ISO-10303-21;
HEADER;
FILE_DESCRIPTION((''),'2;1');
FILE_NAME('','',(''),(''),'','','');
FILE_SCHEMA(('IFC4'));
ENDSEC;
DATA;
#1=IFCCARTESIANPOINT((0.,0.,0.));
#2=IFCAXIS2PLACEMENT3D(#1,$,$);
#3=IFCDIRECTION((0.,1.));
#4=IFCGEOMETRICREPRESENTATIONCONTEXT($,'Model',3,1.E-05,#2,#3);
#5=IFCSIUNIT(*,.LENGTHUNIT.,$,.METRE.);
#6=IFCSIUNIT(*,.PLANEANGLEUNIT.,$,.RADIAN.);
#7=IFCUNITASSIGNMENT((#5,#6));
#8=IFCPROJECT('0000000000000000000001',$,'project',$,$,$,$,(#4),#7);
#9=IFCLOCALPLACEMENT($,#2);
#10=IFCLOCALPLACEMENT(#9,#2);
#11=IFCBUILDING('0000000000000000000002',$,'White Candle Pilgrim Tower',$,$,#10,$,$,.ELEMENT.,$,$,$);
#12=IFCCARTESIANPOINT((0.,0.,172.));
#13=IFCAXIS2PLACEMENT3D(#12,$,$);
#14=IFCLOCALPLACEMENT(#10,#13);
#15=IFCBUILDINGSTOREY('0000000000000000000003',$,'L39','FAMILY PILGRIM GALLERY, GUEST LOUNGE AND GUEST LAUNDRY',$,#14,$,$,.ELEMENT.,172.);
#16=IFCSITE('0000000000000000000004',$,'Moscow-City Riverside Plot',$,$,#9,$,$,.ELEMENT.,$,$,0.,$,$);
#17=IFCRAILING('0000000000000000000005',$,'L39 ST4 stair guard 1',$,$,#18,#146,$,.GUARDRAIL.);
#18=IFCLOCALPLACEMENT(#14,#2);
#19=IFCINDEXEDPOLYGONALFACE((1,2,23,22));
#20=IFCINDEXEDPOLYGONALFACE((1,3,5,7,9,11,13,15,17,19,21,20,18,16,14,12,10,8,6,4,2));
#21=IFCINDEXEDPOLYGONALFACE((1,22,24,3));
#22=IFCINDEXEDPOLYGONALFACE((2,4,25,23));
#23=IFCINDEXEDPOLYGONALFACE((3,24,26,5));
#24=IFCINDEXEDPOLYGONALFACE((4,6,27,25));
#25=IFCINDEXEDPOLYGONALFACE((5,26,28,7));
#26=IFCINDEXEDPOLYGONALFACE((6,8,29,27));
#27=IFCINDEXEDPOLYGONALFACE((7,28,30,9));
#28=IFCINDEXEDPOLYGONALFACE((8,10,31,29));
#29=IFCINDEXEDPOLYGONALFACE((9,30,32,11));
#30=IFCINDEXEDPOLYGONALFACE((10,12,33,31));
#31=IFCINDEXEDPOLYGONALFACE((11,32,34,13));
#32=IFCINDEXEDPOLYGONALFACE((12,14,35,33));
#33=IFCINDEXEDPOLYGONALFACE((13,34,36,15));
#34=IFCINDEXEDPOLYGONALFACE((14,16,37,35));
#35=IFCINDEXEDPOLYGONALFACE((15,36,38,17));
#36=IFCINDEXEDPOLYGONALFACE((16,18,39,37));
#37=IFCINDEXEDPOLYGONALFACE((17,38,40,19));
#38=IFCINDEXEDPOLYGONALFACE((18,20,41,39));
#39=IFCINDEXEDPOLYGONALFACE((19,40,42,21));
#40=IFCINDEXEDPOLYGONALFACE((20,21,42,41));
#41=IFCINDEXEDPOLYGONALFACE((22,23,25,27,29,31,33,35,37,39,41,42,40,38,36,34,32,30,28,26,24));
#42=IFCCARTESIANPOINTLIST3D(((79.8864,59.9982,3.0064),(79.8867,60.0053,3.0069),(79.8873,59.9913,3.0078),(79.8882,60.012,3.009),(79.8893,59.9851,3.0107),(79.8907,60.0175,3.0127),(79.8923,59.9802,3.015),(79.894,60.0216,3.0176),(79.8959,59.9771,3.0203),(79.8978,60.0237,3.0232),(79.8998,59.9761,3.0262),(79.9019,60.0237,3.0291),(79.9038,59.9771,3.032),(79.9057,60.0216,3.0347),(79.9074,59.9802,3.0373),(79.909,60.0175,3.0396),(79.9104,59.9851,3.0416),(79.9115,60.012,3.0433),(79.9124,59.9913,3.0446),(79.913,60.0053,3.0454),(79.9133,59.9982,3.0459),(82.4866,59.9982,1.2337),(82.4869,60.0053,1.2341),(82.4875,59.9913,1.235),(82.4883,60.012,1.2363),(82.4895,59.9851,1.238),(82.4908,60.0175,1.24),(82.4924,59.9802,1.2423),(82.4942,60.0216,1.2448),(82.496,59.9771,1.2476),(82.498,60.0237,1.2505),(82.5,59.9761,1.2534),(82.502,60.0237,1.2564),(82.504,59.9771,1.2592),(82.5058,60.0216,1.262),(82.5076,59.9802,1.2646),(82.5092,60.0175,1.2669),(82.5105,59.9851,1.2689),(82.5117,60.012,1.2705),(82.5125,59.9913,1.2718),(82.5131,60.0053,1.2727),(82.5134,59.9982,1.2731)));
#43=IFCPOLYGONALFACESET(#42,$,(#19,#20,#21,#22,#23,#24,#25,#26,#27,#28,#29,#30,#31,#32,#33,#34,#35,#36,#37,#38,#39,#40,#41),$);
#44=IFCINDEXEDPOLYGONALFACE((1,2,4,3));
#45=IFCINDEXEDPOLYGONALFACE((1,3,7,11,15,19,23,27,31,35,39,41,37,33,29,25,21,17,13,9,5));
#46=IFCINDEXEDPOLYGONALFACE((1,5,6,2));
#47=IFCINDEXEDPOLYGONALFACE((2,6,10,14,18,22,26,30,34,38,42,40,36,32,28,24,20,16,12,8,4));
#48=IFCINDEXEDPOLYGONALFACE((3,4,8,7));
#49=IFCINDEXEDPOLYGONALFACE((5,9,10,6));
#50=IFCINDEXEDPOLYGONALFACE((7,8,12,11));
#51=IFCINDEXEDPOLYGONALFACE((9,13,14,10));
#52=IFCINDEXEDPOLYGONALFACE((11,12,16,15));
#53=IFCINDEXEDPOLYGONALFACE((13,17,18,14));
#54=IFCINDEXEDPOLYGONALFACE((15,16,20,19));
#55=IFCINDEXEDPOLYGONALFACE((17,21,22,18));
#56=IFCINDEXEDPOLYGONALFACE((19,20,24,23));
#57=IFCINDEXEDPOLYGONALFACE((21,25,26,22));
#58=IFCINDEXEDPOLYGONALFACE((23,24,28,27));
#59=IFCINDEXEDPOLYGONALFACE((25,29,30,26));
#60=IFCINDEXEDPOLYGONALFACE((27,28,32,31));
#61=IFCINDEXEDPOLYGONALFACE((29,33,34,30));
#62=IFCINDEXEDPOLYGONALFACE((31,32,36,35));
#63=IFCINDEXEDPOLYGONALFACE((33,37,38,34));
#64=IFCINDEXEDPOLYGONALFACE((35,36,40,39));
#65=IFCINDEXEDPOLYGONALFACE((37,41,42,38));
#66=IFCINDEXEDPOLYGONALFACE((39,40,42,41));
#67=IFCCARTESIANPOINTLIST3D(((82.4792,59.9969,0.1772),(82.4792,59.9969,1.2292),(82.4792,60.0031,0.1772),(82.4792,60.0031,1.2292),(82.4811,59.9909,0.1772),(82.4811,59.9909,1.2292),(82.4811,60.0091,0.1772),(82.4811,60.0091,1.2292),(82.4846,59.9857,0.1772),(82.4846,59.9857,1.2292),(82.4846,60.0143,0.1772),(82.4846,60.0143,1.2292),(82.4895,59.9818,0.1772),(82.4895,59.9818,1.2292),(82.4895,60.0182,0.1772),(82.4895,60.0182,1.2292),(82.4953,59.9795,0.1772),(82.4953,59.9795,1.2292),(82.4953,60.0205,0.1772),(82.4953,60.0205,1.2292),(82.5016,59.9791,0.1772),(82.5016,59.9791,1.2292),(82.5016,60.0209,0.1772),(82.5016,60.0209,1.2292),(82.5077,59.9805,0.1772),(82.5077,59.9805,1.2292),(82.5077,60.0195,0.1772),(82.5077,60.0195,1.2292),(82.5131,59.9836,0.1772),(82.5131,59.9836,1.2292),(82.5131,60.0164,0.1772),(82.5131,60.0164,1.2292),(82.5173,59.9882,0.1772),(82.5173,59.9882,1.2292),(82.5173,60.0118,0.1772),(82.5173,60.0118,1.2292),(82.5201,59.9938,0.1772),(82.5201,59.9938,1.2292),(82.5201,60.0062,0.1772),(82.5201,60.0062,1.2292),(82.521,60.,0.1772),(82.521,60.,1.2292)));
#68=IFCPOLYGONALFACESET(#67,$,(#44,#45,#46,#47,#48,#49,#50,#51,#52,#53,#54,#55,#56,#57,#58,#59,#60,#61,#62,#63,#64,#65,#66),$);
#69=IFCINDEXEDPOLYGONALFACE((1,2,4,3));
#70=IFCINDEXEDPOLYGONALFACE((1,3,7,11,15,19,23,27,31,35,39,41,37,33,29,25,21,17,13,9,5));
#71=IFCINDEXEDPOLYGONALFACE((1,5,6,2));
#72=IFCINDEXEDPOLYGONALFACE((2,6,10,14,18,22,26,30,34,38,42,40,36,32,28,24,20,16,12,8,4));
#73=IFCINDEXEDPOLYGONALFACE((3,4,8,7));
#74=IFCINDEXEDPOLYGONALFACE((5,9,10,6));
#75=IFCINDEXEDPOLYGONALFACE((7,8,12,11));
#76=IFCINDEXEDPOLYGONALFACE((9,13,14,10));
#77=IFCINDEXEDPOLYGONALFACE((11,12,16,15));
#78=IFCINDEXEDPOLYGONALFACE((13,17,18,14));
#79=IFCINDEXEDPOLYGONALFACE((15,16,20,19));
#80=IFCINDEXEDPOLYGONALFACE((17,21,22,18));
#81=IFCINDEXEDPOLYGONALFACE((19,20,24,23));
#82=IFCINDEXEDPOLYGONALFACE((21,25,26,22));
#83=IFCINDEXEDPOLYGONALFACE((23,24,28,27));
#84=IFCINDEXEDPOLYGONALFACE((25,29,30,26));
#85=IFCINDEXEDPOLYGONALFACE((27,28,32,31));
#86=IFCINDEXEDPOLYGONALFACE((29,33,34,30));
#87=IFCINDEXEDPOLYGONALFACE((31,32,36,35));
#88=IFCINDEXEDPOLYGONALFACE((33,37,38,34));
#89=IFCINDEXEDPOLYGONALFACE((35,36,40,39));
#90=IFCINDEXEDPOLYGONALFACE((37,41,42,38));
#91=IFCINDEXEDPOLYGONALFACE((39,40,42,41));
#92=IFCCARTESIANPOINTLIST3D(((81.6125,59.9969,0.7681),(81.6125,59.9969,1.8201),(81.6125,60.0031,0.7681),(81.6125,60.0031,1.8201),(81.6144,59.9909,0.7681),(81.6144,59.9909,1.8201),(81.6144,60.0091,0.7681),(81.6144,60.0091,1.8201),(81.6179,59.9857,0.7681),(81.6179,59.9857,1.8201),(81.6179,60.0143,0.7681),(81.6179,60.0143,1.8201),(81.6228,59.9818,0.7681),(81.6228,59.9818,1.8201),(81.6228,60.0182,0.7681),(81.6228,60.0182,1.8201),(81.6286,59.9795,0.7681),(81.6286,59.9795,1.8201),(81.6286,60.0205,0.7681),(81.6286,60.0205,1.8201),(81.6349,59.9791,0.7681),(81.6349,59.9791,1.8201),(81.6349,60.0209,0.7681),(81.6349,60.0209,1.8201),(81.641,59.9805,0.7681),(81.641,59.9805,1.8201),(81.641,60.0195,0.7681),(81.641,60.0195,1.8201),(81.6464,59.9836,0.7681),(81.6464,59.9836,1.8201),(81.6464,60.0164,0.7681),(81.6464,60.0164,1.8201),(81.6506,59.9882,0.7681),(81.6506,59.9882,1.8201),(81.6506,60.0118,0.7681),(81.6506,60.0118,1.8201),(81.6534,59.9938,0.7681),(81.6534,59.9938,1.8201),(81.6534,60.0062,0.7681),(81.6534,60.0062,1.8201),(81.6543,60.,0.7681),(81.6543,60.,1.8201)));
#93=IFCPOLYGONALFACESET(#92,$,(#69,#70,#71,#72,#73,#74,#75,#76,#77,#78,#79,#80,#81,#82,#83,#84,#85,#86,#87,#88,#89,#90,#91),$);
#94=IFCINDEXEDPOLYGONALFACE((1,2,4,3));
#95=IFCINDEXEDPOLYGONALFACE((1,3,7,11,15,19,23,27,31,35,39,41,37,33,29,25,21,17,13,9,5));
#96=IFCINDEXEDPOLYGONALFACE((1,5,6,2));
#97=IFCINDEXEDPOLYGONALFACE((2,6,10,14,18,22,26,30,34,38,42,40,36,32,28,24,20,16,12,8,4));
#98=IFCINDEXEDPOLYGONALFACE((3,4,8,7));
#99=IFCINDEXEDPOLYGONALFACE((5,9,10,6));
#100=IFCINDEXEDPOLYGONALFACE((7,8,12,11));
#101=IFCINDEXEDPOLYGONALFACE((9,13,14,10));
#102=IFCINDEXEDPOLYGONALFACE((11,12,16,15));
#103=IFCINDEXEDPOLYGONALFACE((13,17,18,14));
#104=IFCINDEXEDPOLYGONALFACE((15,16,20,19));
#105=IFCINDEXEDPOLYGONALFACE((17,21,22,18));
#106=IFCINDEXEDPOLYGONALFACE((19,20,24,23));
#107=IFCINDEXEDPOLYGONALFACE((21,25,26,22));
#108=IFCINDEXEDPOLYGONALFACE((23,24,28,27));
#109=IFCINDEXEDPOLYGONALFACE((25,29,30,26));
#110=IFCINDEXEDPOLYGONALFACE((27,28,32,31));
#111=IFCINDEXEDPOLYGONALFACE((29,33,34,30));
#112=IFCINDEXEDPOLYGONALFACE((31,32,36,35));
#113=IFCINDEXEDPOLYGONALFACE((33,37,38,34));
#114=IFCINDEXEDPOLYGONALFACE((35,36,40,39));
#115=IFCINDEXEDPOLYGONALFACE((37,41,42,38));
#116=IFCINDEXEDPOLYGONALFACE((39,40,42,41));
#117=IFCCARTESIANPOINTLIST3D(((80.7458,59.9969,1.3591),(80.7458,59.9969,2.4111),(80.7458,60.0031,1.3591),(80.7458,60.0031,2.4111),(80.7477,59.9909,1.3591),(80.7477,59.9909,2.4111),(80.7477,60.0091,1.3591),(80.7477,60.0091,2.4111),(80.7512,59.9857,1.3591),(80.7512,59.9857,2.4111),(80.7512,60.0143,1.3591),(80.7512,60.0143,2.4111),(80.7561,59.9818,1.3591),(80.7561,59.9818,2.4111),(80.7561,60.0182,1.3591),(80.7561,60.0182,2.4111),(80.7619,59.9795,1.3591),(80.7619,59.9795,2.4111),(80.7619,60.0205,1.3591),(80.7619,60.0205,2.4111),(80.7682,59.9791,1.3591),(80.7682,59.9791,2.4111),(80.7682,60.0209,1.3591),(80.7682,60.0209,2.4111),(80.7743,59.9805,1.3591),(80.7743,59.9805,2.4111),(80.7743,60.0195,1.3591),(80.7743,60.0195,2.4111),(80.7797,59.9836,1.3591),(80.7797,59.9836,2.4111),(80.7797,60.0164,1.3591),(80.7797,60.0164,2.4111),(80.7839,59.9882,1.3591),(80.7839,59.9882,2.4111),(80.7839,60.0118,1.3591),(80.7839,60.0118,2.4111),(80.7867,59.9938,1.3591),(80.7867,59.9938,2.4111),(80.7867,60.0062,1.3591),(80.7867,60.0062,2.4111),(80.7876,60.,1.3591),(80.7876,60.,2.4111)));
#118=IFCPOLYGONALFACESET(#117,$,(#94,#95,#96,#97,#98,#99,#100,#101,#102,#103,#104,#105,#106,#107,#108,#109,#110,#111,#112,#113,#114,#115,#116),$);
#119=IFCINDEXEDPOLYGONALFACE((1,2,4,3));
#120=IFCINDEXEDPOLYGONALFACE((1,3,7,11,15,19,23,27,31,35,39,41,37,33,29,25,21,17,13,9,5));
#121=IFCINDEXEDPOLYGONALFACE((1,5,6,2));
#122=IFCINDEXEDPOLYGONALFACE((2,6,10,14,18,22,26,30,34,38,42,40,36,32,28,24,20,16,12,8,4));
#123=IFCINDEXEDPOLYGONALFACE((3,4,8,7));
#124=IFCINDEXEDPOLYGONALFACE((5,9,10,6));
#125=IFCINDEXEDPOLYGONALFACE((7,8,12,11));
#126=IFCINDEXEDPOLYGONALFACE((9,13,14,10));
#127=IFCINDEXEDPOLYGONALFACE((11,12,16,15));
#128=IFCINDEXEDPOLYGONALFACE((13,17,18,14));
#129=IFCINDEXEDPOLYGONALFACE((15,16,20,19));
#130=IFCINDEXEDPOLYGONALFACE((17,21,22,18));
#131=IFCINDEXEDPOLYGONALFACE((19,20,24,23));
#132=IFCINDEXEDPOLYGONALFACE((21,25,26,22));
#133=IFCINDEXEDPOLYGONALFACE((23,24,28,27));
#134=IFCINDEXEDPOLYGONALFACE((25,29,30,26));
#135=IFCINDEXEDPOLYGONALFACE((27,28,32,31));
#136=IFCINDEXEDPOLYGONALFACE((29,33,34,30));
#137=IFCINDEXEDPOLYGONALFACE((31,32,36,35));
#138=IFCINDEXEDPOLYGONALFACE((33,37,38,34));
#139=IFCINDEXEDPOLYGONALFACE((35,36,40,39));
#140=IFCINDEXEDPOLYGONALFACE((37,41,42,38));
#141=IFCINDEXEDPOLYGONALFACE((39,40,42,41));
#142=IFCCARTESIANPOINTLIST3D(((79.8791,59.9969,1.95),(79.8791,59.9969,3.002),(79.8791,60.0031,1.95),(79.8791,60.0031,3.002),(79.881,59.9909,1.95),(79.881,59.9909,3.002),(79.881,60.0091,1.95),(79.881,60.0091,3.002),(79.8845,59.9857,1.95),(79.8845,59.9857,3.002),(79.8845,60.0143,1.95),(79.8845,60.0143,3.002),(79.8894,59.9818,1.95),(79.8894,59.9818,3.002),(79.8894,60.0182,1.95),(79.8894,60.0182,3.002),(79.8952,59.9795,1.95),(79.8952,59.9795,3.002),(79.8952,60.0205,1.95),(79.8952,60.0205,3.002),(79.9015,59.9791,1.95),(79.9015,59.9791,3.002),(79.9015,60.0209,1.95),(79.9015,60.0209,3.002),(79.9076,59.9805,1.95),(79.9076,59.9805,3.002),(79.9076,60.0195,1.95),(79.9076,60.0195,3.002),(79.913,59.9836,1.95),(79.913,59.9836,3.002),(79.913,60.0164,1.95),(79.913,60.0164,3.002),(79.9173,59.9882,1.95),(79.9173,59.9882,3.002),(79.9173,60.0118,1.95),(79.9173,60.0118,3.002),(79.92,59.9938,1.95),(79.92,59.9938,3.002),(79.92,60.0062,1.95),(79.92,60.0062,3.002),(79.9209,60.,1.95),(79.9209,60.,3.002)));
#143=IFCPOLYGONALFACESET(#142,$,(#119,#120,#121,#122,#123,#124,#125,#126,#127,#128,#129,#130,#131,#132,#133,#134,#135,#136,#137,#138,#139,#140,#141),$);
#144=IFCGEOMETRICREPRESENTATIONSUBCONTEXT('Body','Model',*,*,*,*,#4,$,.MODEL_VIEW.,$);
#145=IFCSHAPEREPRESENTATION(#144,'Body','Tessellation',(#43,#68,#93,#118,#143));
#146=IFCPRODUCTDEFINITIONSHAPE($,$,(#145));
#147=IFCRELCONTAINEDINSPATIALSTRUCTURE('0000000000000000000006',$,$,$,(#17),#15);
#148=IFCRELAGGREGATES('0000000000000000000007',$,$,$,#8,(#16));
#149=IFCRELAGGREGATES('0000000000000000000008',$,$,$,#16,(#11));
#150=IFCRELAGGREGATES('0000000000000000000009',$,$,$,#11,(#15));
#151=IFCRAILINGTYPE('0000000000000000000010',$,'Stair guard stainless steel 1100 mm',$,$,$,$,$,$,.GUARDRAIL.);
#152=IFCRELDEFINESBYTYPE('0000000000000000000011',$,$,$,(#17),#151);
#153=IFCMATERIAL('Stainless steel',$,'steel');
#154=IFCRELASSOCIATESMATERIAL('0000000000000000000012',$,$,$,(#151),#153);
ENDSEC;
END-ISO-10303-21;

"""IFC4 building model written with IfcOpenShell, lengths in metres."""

from ifc_helpers import new_model, si_unit, direction, frame, origin, origin_2d, place, context, subcontext, project, spatial, circle, extrude, material, type_object, element, save


model = new_model("IFC4")

# Units and contexts
model_context = context("Model", 3, precision=1e-05, world=origin(), true_north=direction((0.0, 1.0)))
body_context = subcontext(model_context, "Body", "Model", "MODEL_VIEW")
ifc_project = project(units=[si_unit("LENGTHUNIT", "METRE"), si_unit("PLANEANGLEUNIT", "RADIAN")], contexts=[model_context])

# Site, building, storey
site_placement = place(None, origin())
site = spatial("IfcSite", under=ifc_project, at=site_placement, Name="Moscow-City Riverside Plot", CompositionType="ELEMENT", RefElevation=0.0)
building_placement = place(site_placement, origin())
building = spatial("IfcBuilding", under=site, at=building_placement, Name="White Candle Pilgrim Tower", CompositionType="ELEMENT")
storey_placement = place(building_placement, frame((0.0, 0.0, 172.0)))
storey = spatial("IfcBuildingStorey", under=building, at=storey_placement, Name="L39", Description="FAMILY PILGRIM GALLERY, GUEST LOUNGE AND GUEST LAUNDRY", CompositionType="ELEMENT", Elevation=172.0)

# Railing
ifc_material_1 = material(Name="Stainless steel", Category="steel")
railing_type_1 = type_object("IfcRailingType", Name="Stair guard stainless steel 1100 mm", PredefinedType="GUARDRAIL", material=ifc_material_1)
railing_1_placement = place(storey_placement, frame((82.5, 60.0, 0.1772)))
element("IfcRailing", 1, at=railing_1_placement, inside=storey, type_object=railing_type_1, Name="L39 ST4 stair guard 1", PredefinedType="GUARDRAIL", context=body_context, shape_type="SweptSolid", body=[
    extrude(circle(Radius=0.0239, at=origin_2d()), frame((0.0, 0.0, 1.0762), z_axis=(-0.82624, 0.0, 0.563318), x_axis=(0.0, -1.0, 0.0)), (0.0, 0.0, 1.0), 3.147),
    extrude(circle(Radius=0.021, at=origin_2d()), origin(), (0.0, 0.0, 1.0), 1.052),
    extrude(circle(Radius=0.021, at=origin_2d()), frame((-0.8667, 0.0, 0.5908)), (0.0, 0.0, 1.0), 1.052),
    extrude(circle(Radius=0.021, at=origin_2d()), frame((-1.7334, 0.0, 1.1819)), (0.0, 0.0, 1.0), 1.052),
    extrude(circle(Radius=0.021, at=origin_2d()), frame((-2.6001, 0.0, 1.7727)), (0.0, 0.0, 1.0), 1.052),
])

save(model, "model.ifc")
